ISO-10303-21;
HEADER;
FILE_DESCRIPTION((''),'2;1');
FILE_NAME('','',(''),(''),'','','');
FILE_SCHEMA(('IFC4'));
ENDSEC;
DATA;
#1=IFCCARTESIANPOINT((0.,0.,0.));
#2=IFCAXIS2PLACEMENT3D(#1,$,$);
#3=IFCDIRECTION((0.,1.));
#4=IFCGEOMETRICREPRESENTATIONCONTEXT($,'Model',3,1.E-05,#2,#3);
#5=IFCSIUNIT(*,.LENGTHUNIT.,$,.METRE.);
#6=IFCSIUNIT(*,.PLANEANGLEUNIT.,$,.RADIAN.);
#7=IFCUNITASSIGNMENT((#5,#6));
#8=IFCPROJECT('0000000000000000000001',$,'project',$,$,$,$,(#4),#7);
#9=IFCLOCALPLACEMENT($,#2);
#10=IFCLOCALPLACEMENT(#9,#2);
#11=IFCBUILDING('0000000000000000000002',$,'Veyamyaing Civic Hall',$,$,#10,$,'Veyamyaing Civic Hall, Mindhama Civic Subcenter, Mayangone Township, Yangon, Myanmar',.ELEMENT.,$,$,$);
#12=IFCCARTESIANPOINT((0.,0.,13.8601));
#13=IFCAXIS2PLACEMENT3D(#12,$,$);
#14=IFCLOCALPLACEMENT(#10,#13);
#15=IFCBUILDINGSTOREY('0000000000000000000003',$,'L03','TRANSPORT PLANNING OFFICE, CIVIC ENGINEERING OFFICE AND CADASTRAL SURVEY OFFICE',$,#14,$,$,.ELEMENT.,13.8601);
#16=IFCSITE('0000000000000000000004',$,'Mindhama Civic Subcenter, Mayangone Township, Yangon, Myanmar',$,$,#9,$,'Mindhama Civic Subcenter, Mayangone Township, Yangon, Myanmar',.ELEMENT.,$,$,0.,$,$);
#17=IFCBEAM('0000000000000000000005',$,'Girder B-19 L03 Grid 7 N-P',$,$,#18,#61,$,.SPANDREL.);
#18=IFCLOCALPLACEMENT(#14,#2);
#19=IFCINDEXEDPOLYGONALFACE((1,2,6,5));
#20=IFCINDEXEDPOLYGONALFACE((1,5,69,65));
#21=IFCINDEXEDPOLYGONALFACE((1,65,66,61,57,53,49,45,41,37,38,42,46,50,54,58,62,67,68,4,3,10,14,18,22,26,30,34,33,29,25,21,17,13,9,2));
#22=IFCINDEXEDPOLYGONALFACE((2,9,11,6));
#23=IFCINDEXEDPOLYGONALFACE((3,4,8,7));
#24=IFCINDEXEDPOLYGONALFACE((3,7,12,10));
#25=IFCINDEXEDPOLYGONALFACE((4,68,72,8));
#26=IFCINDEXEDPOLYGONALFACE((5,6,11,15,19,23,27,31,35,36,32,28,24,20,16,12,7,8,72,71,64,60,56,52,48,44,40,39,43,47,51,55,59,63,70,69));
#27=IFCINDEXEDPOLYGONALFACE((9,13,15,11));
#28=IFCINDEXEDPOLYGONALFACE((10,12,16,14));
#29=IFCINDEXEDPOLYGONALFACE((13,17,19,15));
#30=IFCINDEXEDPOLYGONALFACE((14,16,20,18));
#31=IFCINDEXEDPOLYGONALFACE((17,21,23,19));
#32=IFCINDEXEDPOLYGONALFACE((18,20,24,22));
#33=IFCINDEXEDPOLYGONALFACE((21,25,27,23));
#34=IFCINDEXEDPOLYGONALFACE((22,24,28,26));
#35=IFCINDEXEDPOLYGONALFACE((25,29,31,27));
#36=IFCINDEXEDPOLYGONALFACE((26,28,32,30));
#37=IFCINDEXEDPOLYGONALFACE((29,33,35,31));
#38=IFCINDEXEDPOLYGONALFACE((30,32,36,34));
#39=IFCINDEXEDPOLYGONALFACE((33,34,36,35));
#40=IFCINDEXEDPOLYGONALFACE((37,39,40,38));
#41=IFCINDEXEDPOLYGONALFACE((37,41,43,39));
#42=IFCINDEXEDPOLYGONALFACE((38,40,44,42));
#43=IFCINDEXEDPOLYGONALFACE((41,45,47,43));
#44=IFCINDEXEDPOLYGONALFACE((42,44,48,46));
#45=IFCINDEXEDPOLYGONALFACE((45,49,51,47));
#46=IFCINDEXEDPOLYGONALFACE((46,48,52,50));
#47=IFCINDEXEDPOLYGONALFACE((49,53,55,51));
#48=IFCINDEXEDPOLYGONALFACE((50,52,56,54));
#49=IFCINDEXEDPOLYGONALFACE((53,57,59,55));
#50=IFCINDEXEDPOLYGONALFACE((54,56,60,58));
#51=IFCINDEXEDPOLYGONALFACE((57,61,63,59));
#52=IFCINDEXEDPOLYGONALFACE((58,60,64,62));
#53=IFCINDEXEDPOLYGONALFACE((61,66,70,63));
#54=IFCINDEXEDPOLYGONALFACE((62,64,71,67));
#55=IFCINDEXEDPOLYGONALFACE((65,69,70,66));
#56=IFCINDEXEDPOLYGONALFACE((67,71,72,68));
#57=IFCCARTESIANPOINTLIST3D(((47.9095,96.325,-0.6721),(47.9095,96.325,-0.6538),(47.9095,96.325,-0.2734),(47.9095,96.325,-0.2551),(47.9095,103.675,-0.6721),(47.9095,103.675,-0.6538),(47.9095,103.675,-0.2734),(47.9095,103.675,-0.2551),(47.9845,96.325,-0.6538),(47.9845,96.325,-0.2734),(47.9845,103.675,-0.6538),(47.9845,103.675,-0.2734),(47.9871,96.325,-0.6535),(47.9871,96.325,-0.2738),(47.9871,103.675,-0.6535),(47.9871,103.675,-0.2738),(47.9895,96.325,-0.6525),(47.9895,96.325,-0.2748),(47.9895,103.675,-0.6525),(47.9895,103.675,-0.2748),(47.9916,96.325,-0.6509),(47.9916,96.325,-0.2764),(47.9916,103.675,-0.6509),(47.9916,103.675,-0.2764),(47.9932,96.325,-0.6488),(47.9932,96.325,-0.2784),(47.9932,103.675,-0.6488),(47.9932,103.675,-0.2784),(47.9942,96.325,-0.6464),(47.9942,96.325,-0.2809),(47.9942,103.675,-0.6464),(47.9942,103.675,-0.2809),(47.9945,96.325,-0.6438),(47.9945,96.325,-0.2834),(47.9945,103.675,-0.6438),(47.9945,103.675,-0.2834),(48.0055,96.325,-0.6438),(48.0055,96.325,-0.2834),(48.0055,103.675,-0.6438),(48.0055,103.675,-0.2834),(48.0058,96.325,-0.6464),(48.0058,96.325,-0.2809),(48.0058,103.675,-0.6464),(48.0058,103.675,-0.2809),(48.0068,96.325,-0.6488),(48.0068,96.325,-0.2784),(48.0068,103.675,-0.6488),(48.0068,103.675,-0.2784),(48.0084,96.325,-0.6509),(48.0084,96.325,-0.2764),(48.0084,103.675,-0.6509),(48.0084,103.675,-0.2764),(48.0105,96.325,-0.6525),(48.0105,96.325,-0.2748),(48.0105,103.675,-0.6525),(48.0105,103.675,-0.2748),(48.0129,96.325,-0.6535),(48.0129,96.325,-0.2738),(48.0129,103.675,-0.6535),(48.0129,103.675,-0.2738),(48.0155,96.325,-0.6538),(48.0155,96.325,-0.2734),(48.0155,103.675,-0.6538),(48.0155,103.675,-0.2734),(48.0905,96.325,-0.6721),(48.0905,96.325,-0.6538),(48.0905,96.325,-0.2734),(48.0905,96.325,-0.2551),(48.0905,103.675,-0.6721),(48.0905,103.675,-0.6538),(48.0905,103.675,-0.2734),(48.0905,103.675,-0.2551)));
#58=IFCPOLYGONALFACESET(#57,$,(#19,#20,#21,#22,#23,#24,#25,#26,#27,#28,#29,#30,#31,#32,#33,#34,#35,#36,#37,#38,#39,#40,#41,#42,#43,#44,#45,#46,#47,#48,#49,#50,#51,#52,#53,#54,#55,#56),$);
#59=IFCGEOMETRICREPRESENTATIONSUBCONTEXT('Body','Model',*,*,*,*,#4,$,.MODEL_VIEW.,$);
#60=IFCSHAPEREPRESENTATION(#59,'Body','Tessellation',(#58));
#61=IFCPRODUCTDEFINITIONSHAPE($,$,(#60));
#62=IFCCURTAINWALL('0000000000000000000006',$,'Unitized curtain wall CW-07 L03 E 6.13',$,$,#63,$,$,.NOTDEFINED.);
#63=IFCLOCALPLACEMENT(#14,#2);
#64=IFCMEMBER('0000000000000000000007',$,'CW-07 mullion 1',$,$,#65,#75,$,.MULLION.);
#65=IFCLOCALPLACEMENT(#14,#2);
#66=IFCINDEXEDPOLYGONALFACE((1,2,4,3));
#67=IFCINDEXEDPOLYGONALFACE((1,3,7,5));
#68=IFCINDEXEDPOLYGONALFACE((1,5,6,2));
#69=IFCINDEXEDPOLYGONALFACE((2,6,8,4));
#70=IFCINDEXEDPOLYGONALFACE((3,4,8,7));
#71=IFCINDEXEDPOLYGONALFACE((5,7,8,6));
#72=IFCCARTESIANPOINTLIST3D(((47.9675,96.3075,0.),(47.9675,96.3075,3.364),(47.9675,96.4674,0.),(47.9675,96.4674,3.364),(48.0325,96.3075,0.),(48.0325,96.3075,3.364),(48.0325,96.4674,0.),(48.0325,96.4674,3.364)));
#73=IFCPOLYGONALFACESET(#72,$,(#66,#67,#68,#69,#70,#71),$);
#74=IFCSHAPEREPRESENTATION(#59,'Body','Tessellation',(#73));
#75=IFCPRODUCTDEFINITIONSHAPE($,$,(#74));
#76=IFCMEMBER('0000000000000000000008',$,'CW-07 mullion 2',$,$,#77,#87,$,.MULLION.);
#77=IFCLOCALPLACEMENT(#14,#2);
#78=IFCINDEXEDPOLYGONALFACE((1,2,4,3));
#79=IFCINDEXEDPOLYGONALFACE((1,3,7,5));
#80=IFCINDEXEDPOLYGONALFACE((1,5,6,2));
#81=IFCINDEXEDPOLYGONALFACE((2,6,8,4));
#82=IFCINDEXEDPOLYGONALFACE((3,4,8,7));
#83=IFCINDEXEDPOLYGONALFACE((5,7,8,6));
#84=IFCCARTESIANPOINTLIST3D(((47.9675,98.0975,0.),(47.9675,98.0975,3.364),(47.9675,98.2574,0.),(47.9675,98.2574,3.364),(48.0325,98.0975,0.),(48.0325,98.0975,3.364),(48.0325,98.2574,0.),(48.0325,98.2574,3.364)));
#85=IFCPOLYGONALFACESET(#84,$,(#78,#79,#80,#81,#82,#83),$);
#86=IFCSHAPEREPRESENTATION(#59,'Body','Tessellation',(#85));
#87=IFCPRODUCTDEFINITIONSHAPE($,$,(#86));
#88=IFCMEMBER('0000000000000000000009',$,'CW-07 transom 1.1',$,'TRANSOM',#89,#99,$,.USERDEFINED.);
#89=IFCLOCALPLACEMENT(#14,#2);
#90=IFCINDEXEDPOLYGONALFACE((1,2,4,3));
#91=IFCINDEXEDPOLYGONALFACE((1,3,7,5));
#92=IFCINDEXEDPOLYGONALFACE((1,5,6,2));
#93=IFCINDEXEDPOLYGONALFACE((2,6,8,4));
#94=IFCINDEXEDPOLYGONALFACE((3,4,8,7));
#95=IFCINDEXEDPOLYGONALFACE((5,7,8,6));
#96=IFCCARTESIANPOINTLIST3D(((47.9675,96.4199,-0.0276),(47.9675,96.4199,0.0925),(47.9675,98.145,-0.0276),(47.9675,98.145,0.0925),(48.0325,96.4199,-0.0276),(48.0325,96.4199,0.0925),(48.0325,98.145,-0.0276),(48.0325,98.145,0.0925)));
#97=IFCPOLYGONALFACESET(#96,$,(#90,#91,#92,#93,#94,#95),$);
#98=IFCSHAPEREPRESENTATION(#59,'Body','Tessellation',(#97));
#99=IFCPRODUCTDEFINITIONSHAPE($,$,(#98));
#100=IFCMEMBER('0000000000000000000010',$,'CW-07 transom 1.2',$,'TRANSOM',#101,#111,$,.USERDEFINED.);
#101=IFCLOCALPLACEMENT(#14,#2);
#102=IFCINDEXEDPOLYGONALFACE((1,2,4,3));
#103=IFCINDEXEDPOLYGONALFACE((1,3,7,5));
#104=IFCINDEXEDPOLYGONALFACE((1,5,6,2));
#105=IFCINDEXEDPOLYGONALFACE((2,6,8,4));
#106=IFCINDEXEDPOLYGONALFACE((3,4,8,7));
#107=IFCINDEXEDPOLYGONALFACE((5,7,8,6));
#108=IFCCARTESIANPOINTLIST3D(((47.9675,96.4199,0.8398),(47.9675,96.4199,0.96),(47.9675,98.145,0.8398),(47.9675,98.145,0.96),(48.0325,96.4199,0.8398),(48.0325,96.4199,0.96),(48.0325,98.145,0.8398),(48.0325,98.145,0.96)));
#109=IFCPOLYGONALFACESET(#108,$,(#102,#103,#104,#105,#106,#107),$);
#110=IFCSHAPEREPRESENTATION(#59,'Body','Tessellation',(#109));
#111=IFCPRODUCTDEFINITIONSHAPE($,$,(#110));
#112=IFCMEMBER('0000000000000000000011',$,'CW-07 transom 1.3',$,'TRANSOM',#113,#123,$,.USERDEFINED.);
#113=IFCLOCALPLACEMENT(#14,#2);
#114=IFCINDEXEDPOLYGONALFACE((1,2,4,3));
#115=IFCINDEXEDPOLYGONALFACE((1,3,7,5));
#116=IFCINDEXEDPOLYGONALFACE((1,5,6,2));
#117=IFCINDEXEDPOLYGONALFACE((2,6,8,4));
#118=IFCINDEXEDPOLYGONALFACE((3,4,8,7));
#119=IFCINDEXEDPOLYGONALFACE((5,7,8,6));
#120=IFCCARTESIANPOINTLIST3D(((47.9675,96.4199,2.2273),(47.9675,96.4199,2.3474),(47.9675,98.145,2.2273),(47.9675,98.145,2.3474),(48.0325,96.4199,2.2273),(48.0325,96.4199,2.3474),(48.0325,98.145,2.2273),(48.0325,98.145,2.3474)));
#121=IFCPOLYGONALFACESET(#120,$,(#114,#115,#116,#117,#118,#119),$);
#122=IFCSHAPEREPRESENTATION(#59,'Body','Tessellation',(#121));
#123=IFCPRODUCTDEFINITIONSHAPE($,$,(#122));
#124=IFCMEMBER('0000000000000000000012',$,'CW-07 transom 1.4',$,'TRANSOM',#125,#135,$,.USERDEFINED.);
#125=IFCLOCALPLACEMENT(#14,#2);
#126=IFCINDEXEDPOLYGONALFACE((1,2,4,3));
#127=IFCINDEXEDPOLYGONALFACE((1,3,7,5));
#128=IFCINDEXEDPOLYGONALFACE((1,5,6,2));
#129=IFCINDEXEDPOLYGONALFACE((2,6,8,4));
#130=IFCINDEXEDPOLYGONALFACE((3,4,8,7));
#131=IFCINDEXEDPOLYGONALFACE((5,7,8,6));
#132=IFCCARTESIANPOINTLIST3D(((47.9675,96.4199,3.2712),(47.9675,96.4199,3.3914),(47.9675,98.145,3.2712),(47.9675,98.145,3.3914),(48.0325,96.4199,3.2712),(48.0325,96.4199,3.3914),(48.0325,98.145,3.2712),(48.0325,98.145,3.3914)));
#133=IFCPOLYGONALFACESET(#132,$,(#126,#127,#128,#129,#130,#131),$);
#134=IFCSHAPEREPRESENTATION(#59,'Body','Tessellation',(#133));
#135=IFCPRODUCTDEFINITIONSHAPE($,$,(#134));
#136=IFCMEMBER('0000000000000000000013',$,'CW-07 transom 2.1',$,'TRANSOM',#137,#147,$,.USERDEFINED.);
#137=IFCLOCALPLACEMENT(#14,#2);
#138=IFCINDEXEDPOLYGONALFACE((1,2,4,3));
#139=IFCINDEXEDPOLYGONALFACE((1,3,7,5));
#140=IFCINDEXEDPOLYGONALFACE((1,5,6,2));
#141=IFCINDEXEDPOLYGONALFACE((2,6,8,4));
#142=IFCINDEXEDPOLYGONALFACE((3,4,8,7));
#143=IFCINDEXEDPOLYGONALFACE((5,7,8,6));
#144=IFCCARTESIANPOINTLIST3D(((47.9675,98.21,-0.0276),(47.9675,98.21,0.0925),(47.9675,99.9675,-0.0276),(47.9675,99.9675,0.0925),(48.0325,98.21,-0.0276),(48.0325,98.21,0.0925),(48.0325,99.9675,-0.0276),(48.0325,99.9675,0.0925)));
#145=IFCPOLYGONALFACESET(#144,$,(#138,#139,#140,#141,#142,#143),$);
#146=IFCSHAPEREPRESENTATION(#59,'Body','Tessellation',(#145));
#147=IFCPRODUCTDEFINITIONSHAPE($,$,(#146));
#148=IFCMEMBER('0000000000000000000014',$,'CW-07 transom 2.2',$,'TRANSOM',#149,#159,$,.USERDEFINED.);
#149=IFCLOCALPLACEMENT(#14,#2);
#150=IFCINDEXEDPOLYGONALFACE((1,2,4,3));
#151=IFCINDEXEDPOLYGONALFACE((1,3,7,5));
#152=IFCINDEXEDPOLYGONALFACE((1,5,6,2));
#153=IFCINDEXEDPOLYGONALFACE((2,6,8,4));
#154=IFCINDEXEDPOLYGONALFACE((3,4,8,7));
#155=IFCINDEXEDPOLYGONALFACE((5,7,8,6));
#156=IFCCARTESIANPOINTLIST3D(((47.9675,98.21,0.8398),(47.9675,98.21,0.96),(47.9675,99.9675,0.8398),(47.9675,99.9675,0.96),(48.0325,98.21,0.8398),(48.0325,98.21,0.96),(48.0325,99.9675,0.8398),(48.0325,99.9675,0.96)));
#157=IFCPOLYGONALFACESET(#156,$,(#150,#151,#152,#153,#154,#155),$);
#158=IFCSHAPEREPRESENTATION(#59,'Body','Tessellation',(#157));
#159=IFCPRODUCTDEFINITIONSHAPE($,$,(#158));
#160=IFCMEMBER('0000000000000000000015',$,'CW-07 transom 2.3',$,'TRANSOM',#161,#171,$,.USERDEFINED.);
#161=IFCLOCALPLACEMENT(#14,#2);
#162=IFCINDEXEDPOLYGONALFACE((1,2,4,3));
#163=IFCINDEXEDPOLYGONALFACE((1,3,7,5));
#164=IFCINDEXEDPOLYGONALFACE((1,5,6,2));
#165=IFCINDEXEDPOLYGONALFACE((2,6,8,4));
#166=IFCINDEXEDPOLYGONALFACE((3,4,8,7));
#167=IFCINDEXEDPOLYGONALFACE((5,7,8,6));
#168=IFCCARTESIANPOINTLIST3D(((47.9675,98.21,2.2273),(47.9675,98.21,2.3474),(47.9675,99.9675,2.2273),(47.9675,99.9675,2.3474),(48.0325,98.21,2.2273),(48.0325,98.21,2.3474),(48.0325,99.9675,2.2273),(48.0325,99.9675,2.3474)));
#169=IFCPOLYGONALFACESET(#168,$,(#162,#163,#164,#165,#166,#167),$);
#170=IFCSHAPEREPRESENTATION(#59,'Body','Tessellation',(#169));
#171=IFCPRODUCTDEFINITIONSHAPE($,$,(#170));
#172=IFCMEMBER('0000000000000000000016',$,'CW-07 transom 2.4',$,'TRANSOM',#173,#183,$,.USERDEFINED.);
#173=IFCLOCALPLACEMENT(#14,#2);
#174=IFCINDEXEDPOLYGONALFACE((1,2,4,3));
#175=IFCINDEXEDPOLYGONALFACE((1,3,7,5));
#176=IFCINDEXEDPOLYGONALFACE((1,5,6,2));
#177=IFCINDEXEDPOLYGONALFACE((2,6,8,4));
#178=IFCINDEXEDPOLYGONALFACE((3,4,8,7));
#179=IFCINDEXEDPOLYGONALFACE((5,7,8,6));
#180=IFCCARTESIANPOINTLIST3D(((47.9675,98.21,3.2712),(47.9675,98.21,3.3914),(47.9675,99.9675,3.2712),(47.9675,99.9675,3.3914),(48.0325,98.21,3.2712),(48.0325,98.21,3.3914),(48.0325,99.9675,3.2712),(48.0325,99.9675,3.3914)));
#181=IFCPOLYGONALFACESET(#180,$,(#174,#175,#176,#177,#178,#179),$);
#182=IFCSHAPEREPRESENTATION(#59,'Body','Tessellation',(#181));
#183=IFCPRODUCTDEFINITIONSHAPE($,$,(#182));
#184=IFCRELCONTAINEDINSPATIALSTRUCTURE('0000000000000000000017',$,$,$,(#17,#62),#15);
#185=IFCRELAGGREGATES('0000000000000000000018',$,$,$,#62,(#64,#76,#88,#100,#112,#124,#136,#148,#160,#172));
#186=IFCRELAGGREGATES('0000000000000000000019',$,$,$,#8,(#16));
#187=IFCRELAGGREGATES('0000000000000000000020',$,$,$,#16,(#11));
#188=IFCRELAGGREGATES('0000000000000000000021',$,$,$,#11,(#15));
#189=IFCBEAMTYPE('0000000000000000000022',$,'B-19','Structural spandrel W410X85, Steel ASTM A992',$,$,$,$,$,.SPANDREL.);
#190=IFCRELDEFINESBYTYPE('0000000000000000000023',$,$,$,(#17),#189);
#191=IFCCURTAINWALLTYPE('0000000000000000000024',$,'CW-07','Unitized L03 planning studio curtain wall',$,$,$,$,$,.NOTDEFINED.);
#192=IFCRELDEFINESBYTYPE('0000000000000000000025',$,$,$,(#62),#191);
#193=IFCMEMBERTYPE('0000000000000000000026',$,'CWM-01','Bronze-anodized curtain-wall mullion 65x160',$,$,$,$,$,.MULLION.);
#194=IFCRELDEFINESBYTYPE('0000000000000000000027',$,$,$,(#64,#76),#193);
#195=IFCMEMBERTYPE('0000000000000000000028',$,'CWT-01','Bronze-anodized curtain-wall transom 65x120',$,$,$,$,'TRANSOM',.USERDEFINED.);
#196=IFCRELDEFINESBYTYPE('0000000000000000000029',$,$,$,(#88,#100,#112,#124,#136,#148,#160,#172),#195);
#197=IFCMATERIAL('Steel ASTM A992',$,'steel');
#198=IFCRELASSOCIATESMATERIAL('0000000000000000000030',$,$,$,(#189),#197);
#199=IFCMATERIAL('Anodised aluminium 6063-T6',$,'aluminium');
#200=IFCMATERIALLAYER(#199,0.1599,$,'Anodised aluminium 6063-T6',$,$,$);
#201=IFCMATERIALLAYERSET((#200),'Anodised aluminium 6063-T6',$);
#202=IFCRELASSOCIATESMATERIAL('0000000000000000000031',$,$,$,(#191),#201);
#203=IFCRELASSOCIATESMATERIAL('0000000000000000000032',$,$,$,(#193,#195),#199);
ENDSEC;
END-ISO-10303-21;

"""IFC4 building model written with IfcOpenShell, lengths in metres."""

from ifc_helpers import new_model, si_unit, direction, frame, origin, origin_2d, place, context, subcontext, project, spatial, rectangle, i_section, extrude, material, layer, layer_set, material_profile, profile_set, type_object, element, aggregate, save


model = new_model("IFC4")

# Units and contexts
model_context = context("Model", 3, precision=1e-05, world=origin(), true_north=direction((0.0, 1.0)))
body_context = subcontext(model_context, "Body", "Model", "MODEL_VIEW")
ifc_project = project(units=[si_unit("LENGTHUNIT", "METRE"), si_unit("PLANEANGLEUNIT", "RADIAN")], contexts=[model_context])

# Site, building, storey
site_placement = place(None, origin())
site = spatial("IfcSite", under=ifc_project, at=site_placement, Name="Mindhama Civic Subcenter, Mayangone Township, Yangon, Myanmar", LongName="Mindhama Civic Subcenter, Mayangone Township, Yangon, Myanmar", CompositionType="ELEMENT", RefElevation=0.0)
building_placement = place(site_placement, origin())
building = spatial("IfcBuilding", under=site, at=building_placement, Name="Veyamyaing Civic Hall", LongName="Veyamyaing Civic Hall, Mindhama Civic Subcenter, Mayangone Township, Yangon, Myanmar", CompositionType="ELEMENT")
storey_placement = place(building_placement, frame((0.0, 0.0, 13.8601)))
storey = spatial("IfcBuildingStorey", under=building, at=storey_placement, Name="L03", Description="TRANSPORT PLANNING OFFICE, CIVIC ENGINEERING OFFICE AND CADASTRAL SURVEY OFFICE", CompositionType="ELEMENT", Elevation=13.8601)

# Beam
ifc_material_1 = material(Name="Steel ASTM A992", Category="steel")
ifc_material_profile_1 = material_profile(ifc_material_1, i_section(OverallWidth=0.1809, OverallDepth=0.417, WebThickness=0.011, FlangeThickness=0.0183, FilletRadius=0.01, at=origin_2d()), Name="W410X85")
ifc_profile_set_1 = profile_set([ifc_material_profile_1], Name="Steel ASTM A992")
beam_type = type_object("IfcBeamType", Name="B-19", Description="Structural spandrel W410X85, Steel ASTM A992", PredefinedType="SPANDREL", material=ifc_profile_set_1)
beam_placement = place(storey_placement, frame((48.0, 96.325, -0.4636), z_axis=(0.0, 1.0, 0.0), x_axis=(-1.0, 0.0, 0.0)))
element("IfcBeam", 1, at=beam_placement, inside=storey, type_object=beam_type, Name="Girder B-19 L03 Grid 7 N-P", PredefinedType="SPANDREL", context=body_context, shape_type="SweptSolid", body=[
    extrude(i_section(OverallWidth=0.1809, OverallDepth=0.417, WebThickness=0.011, FlangeThickness=0.0183, FilletRadius=0.01, at=origin_2d()), origin(), (0.0, 0.0, 1.0), 7.3501),
])

# Curtain wall, members
ifc_material_2 = material(Name="Anodised aluminium 6063-T6", Category="aluminium")
ifc_layer_1 = layer(ifc_material_2, 0.1599, Name="Anodised aluminium 6063-T6")
ifc_layer_set_1 = layer_set([ifc_layer_1], Name="Anodised aluminium 6063-T6")
curtain_wall_type = type_object("IfcCurtainWallType", Name="CW-07", Description="Unitized L03 planning studio curtain wall", PredefinedType="NOTDEFINED", material=ifc_layer_set_1)
curtain_wall_placement = place(storey_placement, origin())
curtain_wall = element("IfcCurtainWall", 2, at=curtain_wall_placement, inside=storey, type_object=curtain_wall_type, Name="Unitized curtain wall CW-07 L03 E 6.13", PredefinedType="NOTDEFINED")
ifc_material_profile_2 = material_profile(ifc_material_2, rectangle(XDim=0.0649, YDim=0.1599, at=origin_2d()), Name="ALU-MUL-65X160")
ifc_profile_set_2 = profile_set([ifc_material_profile_2], Name="Anodised aluminium 6063-T6")
member_type_1 = type_object("IfcMemberType", Name="CWM-01", Description="Bronze-anodized curtain-wall mullion 65x160", PredefinedType="MULLION", material=ifc_profile_set_2)
member_1_placement = place(storey_placement, frame((48.0, 96.3875, 0.0), z_axis=(0.0, 0.0, 1.0), x_axis=(-1.0, 0.0, 0.0)))
member_1 = element("IfcMember", 3, at=member_1_placement, type_object=member_type_1, Name="CW-07 mullion 1", PredefinedType="MULLION", context=body_context, shape_type="SweptSolid", body=[
    extrude(rectangle(XDim=0.0649, YDim=0.1599, at=origin_2d()), origin(), (0.0, 0.0, 1.0), 3.364),
])
member_2_placement = place(storey_placement, frame((48.0, 98.1775, 0.0), z_axis=(0.0, 0.0, 1.0), x_axis=(-1.0, 0.0, 0.0)))
member_2 = element("IfcMember", 4, at=member_2_placement, type_object=member_type_1, Name="CW-07 mullion 2", PredefinedType="MULLION", context=body_context, shape_type="SweptSolid", body=[
    extrude(rectangle(XDim=0.0649, YDim=0.1599, at=origin_2d()), origin(), (0.0, 0.0, 1.0), 3.364),
])
ifc_material_profile_3 = material_profile(ifc_material_2, rectangle(XDim=0.0649, YDim=0.1201, at=origin_2d()), Name="ALU-TRN-65X120")
ifc_profile_set_3 = profile_set([ifc_material_profile_3], Name="Anodised aluminium 6063-T6")
member_type_2 = type_object("IfcMemberType", Name="CWT-01", Description="Bronze-anodized curtain-wall transom 65x120", ElementType="TRANSOM", PredefinedType="USERDEFINED", material=ifc_profile_set_3)
member_3_placement = place(storey_placement, frame((48.0, 96.4199, 0.0325), z_axis=(0.0, 1.0, 0.0), x_axis=(-1.0, 0.0, 0.0)))
member_3 = element("IfcMember", 5, at=member_3_placement, type_object=member_type_2, Name="CW-07 transom 1.1", ObjectType="TRANSOM", PredefinedType="USERDEFINED", context=body_context, shape_type="SweptSolid", body=[
    extrude(rectangle(XDim=0.0649, YDim=0.1201, at=origin_2d()), origin(), (0.0, 0.0, 1.0), 1.7251),
])
member_4_placement = place(storey_placement, frame((48.0, 96.4199, 0.8999), z_axis=(0.0, 1.0, 0.0), x_axis=(-1.0, 0.0, 0.0)))
member_4 = element("IfcMember", 6, at=member_4_placement, type_object=member_type_2, Name="CW-07 transom 1.2", ObjectType="TRANSOM", PredefinedType="USERDEFINED", context=body_context, shape_type="SweptSolid", body=[
    extrude(rectangle(XDim=0.0649, YDim=0.1201, at=origin_2d()), origin(), (0.0, 0.0, 1.0), 1.7251),
])
member_5_placement = place(storey_placement, frame((48.0, 96.4199, 2.2874), z_axis=(0.0, 1.0, 0.0), x_axis=(-1.0, 0.0, 0.0)))
member_5 = element("IfcMember", 7, at=member_5_placement, type_object=member_type_2, Name="CW-07 transom 1.3", ObjectType="TRANSOM", PredefinedType="USERDEFINED", context=body_context, shape_type="SweptSolid", body=[
    extrude(rectangle(XDim=0.0649, YDim=0.1201, at=origin_2d()), origin(), (0.0, 0.0, 1.0), 1.7251),
])
member_6_placement = place(storey_placement, frame((48.0, 96.4199, 3.3313), z_axis=(0.0, 1.0, 0.0), x_axis=(-1.0, 0.0, 0.0)))
member_6 = element("IfcMember", 8, at=member_6_placement, type_object=member_type_2, Name="CW-07 transom 1.4", ObjectType="TRANSOM", PredefinedType="USERDEFINED", context=body_context, shape_type="SweptSolid", body=[
    extrude(rectangle(XDim=0.0649, YDim=0.1201, at=origin_2d()), origin(), (0.0, 0.0, 1.0), 1.7251),
])
member_7_placement = place(storey_placement, frame((48.0, 98.21, 0.0325), z_axis=(0.0, 1.0, 0.0), x_axis=(-1.0, 0.0, 0.0)))
member_7 = element("IfcMember", 9, at=member_7_placement, type_object=member_type_2, Name="CW-07 transom 2.1", ObjectType="TRANSOM", PredefinedType="USERDEFINED", context=body_context, shape_type="SweptSolid", body=[
    extrude(rectangle(XDim=0.0649, YDim=0.1201, at=origin_2d()), origin(), (0.0, 0.0, 1.0), 1.7576),
])
member_8_placement = place(storey_placement, frame((48.0, 98.21, 0.8999), z_axis=(0.0, 1.0, 0.0), x_axis=(-1.0, 0.0, 0.0)))
member_8 = element("IfcMember", 10, at=member_8_placement, type_object=member_type_2, Name="CW-07 transom 2.2", ObjectType="TRANSOM", PredefinedType="USERDEFINED", context=body_context, shape_type="SweptSolid", body=[
    extrude(rectangle(XDim=0.0649, YDim=0.1201, at=origin_2d()), origin(), (0.0, 0.0, 1.0), 1.7576),
])
member_9_placement = place(storey_placement, frame((48.0, 98.21, 2.2874), z_axis=(0.0, 1.0, 0.0), x_axis=(-1.0, 0.0, 0.0)))
member_9 = element("IfcMember", 11, at=member_9_placement, type_object=member_type_2, Name="CW-07 transom 2.3", ObjectType="TRANSOM", PredefinedType="USERDEFINED", context=body_context, shape_type="SweptSolid", body=[
    extrude(rectangle(XDim=0.0649, YDim=0.1201, at=origin_2d()), origin(), (0.0, 0.0, 1.0), 1.7576),
])
member_10_placement = place(storey_placement, frame((48.0, 98.21, 3.3313), z_axis=(0.0, 1.0, 0.0), x_axis=(-1.0, 0.0, 0.0)))
member_10 = element("IfcMember", 12, at=member_10_placement, type_object=member_type_2, Name="CW-07 transom 2.4", ObjectType="TRANSOM", PredefinedType="USERDEFINED", context=body_context, shape_type="SweptSolid", body=[
    extrude(rectangle(XDim=0.0649, YDim=0.1201, at=origin_2d()), origin(), (0.0, 0.0, 1.0), 1.7576),
])
aggregate(curtain_wall, [member_1, member_2, member_3, member_4, member_5, member_6, member_7, member_8, member_9, member_10])

save(model, "model.ifc")
